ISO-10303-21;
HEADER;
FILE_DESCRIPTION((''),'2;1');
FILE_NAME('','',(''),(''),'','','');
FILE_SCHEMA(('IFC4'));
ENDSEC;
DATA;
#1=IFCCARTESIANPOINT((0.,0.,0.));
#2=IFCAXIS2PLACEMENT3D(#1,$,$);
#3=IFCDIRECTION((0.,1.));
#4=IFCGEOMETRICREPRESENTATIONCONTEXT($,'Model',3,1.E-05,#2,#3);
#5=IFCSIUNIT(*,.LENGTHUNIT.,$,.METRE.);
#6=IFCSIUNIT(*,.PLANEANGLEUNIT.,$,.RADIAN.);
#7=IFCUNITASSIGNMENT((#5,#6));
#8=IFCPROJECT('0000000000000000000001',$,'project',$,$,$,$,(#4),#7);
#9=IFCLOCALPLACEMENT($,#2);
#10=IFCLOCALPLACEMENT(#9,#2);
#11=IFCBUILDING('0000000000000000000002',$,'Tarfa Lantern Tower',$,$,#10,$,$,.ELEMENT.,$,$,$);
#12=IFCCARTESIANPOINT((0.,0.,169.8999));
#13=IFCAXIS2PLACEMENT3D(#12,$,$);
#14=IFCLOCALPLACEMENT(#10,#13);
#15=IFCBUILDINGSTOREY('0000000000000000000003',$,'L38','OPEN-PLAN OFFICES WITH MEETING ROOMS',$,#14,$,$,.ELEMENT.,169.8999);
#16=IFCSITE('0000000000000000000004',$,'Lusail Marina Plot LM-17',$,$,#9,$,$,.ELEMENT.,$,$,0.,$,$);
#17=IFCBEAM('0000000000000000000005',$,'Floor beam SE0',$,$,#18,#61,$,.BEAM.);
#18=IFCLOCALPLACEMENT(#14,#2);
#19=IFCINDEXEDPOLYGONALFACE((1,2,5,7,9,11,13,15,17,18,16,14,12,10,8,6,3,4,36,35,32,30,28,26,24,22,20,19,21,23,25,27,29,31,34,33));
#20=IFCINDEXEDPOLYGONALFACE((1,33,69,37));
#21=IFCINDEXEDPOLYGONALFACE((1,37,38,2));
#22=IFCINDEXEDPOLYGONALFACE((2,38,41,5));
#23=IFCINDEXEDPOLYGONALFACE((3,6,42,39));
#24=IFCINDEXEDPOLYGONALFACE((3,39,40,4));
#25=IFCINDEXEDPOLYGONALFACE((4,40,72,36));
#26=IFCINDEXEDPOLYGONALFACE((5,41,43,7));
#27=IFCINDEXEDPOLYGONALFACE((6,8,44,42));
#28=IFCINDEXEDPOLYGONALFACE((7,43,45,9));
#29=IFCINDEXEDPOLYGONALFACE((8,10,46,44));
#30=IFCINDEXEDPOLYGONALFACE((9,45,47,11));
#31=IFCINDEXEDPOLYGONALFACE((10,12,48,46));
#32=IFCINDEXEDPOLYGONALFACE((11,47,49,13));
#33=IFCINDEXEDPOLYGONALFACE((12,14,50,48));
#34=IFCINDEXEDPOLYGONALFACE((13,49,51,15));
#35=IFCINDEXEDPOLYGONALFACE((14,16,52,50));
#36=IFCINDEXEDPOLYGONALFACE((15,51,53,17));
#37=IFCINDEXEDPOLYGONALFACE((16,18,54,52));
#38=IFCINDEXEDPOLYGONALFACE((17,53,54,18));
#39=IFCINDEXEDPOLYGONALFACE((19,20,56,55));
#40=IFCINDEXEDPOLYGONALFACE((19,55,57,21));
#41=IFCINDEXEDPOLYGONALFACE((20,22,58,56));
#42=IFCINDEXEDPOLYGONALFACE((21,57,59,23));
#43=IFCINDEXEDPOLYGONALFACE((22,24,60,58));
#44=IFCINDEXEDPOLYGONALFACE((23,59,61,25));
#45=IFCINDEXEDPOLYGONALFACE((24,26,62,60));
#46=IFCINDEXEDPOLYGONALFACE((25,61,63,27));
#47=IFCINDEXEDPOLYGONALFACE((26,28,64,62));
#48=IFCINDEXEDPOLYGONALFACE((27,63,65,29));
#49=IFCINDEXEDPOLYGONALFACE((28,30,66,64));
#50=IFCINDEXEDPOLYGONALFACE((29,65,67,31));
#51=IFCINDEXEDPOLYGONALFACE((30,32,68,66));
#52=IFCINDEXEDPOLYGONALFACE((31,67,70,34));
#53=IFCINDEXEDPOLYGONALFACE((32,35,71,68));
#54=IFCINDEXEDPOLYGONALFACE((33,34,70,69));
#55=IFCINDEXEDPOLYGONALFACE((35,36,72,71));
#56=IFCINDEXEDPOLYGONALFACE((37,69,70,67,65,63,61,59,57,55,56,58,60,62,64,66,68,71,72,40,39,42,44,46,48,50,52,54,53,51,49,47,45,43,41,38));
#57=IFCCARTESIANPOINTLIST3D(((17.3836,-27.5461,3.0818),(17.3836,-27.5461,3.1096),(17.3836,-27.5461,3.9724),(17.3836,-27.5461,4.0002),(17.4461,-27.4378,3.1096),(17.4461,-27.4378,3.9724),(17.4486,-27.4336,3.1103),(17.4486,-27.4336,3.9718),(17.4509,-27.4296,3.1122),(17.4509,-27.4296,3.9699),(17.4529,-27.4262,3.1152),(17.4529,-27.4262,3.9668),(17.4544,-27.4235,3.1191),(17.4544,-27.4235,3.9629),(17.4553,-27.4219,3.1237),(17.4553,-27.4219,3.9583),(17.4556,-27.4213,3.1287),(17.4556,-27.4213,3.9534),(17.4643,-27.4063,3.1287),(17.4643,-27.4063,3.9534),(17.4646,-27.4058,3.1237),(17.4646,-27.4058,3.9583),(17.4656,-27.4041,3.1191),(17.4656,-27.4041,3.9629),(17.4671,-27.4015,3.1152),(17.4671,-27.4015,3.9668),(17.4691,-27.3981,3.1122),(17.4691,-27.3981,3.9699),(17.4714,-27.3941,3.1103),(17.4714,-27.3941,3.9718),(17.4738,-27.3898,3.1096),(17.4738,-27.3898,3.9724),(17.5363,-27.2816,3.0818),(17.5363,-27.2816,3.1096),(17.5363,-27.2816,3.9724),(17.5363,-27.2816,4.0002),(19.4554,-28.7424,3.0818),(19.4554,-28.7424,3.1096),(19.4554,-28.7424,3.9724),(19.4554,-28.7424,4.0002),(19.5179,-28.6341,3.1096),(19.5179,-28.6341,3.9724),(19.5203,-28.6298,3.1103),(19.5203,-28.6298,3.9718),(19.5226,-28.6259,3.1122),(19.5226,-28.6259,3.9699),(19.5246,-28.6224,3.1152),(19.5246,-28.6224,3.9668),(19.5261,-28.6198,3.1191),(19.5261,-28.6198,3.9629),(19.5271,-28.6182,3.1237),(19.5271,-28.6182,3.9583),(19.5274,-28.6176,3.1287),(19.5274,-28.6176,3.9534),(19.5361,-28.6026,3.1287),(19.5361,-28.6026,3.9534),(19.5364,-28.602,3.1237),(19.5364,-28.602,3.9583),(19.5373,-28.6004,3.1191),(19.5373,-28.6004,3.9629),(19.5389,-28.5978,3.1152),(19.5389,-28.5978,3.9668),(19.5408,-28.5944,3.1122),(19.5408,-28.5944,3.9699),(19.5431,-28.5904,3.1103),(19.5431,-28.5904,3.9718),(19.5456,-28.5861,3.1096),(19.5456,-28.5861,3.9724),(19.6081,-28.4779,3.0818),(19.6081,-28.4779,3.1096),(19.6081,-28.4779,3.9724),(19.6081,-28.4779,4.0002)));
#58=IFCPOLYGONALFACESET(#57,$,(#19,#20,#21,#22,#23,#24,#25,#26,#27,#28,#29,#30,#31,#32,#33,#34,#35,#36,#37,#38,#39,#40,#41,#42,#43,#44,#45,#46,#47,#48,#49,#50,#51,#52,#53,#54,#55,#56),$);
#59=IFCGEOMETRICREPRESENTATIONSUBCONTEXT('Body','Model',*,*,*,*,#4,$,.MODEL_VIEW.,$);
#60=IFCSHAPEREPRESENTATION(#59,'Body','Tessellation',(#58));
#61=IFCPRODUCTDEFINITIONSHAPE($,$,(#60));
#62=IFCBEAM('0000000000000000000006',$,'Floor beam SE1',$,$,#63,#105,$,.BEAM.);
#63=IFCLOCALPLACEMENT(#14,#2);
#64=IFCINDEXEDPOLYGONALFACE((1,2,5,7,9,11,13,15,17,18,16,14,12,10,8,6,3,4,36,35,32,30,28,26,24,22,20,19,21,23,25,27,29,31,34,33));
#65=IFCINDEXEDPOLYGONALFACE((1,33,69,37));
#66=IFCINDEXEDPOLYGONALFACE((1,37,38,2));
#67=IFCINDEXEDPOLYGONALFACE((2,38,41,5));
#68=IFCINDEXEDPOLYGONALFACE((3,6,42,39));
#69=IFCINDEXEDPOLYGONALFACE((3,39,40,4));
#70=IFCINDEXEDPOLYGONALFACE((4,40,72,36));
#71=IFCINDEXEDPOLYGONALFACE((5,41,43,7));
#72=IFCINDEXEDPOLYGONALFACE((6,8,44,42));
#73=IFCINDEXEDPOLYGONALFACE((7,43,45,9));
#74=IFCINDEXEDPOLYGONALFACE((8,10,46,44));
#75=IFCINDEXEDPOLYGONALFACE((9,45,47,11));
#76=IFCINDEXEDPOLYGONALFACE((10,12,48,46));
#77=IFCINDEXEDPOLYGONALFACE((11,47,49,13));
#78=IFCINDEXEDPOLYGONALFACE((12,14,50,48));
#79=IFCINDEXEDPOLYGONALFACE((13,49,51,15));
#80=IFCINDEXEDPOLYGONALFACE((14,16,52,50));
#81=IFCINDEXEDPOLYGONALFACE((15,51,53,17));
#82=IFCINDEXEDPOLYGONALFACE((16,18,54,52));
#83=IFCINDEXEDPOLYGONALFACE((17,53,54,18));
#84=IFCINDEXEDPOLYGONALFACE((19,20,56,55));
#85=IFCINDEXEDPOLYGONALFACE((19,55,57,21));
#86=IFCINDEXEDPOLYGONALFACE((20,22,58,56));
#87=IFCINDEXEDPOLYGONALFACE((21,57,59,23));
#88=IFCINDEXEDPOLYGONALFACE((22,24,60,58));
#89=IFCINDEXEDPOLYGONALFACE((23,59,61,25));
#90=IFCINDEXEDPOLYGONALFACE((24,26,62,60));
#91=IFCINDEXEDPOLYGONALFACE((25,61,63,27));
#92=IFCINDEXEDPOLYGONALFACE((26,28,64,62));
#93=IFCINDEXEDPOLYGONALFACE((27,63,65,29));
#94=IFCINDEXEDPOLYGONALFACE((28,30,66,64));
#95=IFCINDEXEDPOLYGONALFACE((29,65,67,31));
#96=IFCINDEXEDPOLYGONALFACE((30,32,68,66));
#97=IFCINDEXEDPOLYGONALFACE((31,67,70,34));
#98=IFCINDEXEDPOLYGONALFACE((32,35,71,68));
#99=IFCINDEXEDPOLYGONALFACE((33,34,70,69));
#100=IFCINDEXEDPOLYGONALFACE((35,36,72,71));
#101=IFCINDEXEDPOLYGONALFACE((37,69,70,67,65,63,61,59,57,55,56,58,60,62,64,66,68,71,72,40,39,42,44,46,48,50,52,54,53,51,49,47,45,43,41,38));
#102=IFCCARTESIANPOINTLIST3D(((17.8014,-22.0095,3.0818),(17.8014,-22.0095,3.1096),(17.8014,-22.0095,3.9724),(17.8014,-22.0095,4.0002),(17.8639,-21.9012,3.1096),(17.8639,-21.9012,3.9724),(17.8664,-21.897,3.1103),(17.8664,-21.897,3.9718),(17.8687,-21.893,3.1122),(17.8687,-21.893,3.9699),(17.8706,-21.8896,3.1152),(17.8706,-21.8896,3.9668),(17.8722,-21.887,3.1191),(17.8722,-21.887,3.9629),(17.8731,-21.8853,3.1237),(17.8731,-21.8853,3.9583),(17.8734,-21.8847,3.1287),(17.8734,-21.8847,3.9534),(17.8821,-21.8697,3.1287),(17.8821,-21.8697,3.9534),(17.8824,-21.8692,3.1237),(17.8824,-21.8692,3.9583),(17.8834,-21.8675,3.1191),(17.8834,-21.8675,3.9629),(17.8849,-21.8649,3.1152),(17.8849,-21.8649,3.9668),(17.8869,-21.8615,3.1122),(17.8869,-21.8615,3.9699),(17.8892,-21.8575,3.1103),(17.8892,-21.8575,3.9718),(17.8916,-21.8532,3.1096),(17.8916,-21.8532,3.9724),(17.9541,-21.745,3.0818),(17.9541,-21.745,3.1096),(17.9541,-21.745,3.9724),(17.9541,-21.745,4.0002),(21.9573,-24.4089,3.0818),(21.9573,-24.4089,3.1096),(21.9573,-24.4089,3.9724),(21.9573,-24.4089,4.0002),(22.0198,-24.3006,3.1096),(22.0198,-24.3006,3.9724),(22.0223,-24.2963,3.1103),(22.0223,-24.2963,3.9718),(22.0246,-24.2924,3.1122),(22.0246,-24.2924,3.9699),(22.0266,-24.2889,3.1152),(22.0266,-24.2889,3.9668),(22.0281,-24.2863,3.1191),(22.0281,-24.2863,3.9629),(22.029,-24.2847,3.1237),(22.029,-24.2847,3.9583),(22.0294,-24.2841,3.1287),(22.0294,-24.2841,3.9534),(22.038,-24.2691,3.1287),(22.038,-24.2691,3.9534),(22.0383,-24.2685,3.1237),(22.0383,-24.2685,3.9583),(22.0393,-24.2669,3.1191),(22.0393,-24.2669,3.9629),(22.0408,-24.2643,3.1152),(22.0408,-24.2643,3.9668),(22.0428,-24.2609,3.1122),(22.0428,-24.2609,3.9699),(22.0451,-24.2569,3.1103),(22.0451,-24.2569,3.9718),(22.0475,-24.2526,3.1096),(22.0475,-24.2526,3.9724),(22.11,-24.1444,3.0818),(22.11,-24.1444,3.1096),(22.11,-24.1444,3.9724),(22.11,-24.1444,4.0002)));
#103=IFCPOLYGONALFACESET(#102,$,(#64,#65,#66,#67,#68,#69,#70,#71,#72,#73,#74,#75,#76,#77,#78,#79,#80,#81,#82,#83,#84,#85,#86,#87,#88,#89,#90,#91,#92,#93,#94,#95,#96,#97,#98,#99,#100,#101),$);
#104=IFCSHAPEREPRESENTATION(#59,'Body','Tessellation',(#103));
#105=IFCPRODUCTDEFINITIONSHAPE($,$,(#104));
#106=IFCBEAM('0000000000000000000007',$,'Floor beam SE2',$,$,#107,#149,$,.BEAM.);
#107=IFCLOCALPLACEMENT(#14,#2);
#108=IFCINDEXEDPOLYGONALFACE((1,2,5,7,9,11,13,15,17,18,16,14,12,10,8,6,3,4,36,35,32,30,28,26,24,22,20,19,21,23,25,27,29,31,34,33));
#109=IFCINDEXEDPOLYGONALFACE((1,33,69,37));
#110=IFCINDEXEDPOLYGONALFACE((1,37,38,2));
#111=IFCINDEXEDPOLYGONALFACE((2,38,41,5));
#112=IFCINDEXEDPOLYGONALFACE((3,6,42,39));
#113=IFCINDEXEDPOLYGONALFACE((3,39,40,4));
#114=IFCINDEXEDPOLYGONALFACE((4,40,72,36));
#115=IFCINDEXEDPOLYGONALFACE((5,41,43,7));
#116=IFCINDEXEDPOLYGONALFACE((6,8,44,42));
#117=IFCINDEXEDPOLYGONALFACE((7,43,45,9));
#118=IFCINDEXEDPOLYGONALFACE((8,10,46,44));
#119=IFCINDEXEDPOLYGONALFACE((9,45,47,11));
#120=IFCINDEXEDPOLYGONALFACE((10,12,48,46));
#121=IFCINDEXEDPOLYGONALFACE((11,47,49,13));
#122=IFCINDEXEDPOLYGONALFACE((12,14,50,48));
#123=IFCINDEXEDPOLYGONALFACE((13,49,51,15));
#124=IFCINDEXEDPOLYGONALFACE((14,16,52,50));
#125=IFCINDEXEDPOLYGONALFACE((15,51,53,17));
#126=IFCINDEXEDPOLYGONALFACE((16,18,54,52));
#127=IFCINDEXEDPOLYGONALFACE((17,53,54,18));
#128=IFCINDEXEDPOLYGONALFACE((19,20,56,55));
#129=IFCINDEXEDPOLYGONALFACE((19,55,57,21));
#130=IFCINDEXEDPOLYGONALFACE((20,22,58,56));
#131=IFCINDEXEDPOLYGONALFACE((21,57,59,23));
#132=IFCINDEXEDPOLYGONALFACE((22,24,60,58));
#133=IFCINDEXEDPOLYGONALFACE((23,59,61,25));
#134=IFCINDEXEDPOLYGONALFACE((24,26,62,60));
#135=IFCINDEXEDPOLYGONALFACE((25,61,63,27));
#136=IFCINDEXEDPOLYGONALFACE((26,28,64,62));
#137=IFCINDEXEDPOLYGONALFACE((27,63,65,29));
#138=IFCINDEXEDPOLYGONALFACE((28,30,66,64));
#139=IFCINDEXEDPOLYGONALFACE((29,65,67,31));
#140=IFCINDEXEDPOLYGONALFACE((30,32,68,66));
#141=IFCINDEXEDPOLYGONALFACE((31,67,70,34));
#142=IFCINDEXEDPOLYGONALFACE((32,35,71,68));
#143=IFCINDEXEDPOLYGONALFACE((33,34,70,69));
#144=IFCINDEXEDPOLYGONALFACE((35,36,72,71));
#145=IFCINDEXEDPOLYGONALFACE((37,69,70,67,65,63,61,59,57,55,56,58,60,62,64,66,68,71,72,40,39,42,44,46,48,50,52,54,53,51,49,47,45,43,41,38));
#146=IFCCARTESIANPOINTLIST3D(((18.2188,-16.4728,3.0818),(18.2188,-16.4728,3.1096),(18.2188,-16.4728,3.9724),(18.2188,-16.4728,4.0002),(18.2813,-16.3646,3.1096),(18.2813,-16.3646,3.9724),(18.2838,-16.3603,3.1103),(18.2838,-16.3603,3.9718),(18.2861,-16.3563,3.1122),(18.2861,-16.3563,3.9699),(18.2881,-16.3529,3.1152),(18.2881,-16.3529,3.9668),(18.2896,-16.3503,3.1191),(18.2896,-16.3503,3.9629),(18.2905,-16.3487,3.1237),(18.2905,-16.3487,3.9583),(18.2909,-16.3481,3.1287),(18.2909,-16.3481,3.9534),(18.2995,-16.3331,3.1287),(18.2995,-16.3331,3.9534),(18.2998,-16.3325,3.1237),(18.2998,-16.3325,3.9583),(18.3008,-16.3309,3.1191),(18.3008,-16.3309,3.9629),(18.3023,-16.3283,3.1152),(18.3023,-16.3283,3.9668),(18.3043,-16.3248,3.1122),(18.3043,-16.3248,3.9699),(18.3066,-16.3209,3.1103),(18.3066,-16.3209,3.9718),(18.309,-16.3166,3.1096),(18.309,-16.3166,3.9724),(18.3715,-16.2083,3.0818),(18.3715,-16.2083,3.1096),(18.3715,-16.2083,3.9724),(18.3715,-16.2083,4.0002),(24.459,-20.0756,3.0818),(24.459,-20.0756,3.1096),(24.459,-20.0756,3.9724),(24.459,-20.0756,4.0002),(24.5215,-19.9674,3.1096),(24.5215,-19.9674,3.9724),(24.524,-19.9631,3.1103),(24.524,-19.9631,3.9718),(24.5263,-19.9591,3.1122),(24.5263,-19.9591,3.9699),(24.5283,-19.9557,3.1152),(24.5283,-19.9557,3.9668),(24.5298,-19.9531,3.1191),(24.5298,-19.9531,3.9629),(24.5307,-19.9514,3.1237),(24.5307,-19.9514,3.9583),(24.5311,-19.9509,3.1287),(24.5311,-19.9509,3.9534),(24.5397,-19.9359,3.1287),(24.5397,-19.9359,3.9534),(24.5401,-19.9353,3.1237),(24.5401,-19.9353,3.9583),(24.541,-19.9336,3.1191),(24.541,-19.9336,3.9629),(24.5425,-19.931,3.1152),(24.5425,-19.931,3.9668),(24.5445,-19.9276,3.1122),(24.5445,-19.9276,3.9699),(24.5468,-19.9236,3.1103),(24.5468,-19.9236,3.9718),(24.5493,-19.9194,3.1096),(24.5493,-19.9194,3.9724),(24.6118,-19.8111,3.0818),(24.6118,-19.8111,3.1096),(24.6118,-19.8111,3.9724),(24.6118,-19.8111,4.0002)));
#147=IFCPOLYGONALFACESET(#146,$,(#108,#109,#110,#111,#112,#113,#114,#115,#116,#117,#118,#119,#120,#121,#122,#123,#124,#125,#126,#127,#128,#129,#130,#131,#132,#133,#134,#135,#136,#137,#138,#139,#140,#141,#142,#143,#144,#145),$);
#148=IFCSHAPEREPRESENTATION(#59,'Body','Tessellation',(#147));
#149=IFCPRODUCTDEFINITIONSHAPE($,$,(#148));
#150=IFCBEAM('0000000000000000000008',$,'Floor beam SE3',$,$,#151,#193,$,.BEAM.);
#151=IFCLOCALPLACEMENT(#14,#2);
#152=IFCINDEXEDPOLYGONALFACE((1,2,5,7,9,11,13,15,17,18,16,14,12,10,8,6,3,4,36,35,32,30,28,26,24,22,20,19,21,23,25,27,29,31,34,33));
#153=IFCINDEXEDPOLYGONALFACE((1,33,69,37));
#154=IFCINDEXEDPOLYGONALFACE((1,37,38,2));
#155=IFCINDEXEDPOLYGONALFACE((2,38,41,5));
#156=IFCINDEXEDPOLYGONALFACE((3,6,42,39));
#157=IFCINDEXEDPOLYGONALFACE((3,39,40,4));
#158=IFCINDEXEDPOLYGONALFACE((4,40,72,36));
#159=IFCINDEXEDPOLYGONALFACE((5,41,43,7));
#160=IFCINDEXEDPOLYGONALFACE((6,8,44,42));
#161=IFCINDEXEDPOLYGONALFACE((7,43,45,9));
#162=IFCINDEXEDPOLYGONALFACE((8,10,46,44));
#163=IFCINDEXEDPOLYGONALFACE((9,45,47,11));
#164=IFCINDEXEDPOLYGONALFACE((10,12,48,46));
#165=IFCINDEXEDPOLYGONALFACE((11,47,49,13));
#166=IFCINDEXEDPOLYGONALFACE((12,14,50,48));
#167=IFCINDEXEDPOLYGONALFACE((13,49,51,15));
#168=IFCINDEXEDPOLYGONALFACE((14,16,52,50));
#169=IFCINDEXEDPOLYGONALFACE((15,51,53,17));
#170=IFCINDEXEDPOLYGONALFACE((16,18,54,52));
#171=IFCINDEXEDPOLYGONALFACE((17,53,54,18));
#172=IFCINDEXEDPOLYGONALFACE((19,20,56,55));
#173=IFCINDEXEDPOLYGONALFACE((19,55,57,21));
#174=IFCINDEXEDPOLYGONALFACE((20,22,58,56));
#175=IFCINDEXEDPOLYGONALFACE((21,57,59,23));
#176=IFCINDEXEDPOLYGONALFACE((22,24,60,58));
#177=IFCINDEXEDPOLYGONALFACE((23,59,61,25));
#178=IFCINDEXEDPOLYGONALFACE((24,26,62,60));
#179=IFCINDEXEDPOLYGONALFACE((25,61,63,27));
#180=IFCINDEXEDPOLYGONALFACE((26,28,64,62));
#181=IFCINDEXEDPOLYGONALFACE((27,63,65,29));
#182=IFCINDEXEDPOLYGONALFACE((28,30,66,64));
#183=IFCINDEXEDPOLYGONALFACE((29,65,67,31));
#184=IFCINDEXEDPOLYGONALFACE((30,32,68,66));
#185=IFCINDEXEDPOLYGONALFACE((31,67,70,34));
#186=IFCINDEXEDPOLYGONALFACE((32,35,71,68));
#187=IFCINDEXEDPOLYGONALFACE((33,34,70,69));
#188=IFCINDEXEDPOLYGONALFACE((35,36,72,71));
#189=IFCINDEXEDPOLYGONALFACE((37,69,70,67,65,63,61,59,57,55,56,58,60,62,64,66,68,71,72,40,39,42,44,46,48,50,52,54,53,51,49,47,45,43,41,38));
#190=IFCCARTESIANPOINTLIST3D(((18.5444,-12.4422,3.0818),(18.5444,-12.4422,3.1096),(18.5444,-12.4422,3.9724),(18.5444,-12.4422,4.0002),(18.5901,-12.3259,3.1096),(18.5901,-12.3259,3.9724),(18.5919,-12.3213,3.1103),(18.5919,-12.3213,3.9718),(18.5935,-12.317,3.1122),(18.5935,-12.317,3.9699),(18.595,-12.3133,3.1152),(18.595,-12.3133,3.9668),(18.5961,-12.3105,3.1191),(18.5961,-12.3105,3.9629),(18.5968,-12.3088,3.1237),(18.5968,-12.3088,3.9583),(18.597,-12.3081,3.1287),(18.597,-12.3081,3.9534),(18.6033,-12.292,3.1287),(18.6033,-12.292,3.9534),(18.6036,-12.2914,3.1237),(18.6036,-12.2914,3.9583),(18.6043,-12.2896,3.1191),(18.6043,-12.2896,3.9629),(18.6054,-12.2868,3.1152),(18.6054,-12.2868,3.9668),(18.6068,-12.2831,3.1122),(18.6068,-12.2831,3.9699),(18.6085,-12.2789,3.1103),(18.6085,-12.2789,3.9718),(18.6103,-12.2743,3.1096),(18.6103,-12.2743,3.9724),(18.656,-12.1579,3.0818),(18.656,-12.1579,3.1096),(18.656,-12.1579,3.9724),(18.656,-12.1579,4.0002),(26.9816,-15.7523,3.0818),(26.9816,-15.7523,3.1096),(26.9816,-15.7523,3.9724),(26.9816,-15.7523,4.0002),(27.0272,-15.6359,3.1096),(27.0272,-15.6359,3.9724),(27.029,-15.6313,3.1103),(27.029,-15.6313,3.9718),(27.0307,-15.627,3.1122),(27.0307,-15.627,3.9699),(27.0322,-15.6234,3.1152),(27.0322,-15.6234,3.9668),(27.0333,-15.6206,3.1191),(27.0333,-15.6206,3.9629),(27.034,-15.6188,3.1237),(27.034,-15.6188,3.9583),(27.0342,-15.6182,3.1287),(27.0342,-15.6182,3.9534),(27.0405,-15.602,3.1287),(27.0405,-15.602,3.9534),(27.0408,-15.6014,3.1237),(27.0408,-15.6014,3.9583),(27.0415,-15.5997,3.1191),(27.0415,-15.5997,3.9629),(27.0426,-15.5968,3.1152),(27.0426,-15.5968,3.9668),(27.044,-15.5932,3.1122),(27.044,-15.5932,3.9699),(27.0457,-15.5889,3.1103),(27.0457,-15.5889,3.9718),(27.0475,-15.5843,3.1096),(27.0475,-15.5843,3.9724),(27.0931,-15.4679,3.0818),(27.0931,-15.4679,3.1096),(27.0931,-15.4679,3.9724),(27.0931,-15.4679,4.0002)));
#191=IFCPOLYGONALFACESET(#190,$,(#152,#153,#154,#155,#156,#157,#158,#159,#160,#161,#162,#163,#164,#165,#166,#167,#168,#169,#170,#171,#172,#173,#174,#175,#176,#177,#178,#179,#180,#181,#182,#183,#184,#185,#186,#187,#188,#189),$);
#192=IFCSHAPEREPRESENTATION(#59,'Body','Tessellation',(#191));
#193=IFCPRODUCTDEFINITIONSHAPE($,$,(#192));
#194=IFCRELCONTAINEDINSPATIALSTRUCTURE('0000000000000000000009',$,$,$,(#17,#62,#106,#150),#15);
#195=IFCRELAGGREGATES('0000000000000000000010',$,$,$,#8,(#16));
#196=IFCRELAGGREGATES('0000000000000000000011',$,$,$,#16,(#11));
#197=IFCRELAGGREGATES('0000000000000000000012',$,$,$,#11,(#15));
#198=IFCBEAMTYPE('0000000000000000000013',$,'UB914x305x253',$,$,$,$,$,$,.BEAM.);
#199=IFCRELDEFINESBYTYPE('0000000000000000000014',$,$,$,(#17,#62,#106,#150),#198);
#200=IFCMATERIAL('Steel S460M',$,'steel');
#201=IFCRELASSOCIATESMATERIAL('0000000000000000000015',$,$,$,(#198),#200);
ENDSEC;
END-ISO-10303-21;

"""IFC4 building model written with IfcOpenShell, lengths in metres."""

from ifc_helpers import new_model, si_unit, direction, frame, origin, origin_2d, place, context, subcontext, project, spatial, i_section, extrude, material, material_profile, profile_set, type_object, element, save


model = new_model("IFC4")

# Units and contexts
model_context = context("Model", 3, precision=1e-05, world=origin(), true_north=direction((0.0, 1.0)))
body_context = subcontext(model_context, "Body", "Model", "MODEL_VIEW")
ifc_project = project(units=[si_unit("LENGTHUNIT", "METRE"), si_unit("PLANEANGLEUNIT", "RADIAN")], contexts=[model_context])

# Site, building, storey
site_placement = place(None, origin())
site = spatial("IfcSite", under=ifc_project, at=site_placement, Name="Lusail Marina Plot LM-17", CompositionType="ELEMENT", RefElevation=0.0)
building_placement = place(site_placement, origin())
building = spatial("IfcBuilding", under=site, at=building_placement, Name="Tarfa Lantern Tower", CompositionType="ELEMENT")
storey_placement = place(building_placement, frame((0.0, 0.0, 169.8999)))
storey = spatial("IfcBuildingStorey", under=building, at=storey_placement, Name="L38", Description="OPEN-PLAN OFFICES WITH MEETING ROOMS", CompositionType="ELEMENT", Elevation=169.8999)

# Beams
ifc_material_1 = material(Name="Steel S460M", Category="steel")
ifc_material_profile_1 = material_profile(ifc_material_1, i_section(OverallWidth=0.3054, OverallDepth=0.9185, WebThickness=0.0173, FlangeThickness=0.0278, FilletRadius=0.019, at=origin_2d()), Name="UB914x305x253")
ifc_profile_set_1 = profile_set([ifc_material_profile_1], Name="Steel S460M")
beam_type_1 = type_object("IfcBeamType", Name="UB914x305x253", PredefinedType="BEAM", material=ifc_profile_set_1)
beam_1_placement = place(storey_placement, frame((19.5317, -28.6101, 3.541), z_axis=(-0.865999, 0.500046, 0.0), x_axis=(-0.500046, -0.865999, 0.0)))
element("IfcBeam", 1, at=beam_1_placement, inside=storey, type_object=beam_type_1, Name="Floor beam SE0", PredefinedType="BEAM", context=body_context, shape_type="SweptSolid", body=[
    extrude(i_section(OverallWidth=0.3054, OverallDepth=0.9185, WebThickness=0.0173, FlangeThickness=0.0278, FilletRadius=0.019, at=origin_2d()), origin(), (0.0, 0.0, 1.0), 2.3923),
])
beam_2_placement = place(storey_placement, frame((22.0337, -24.2766, 3.541), z_axis=(-0.866031, 0.499991, 0.0), x_axis=(-0.499991, -0.866031, 0.0)))
element("IfcBeam", 2, at=beam_2_placement, inside=storey, type_object=beam_type_1, Name="Floor beam SE1", PredefinedType="BEAM", context=body_context, shape_type="SweptSolid", body=[
    extrude(i_section(OverallWidth=0.3054, OverallDepth=0.9185, WebThickness=0.0173, FlangeThickness=0.0278, FilletRadius=0.019, at=origin_2d()), origin(), (0.0, 0.0, 1.0), 4.7988),
])
beam_3_placement = place(storey_placement, frame((24.5354, -19.9434, 3.541), z_axis=(-0.866026, 0.499998, 0.0), x_axis=(-0.499998, -0.866026, 0.0)))
element("IfcBeam", 3, at=beam_3_placement, inside=storey, type_object=beam_type_1, Name="Floor beam SE2", PredefinedType="BEAM", context=body_context, shape_type="SweptSolid", body=[
    extrude(i_section(OverallWidth=0.3054, OverallDepth=0.9185, WebThickness=0.0173, FlangeThickness=0.0278, FilletRadius=0.019, at=origin_2d()), origin(), (0.0, 0.0, 1.0), 7.2056),
])
beam_4_placement = place(storey_placement, frame((27.0374, -15.6101, 3.541), z_axis=(-0.930923, 0.365215, 0.0), x_axis=(-0.365215, -0.930923, 0.0)))
element("IfcBeam", 4, at=beam_4_placement, inside=storey, type_object=beam_type_1, Name="Floor beam SE3", PredefinedType="BEAM", context=body_context, shape_type="SweptSolid", body=[
    extrude(i_section(OverallWidth=0.3054, OverallDepth=0.9185, WebThickness=0.0173, FlangeThickness=0.0278, FilletRadius=0.019, at=origin_2d()), origin(), (0.0, 0.0, 1.0), 9.0632),
])

save(model, "model.ifc")
